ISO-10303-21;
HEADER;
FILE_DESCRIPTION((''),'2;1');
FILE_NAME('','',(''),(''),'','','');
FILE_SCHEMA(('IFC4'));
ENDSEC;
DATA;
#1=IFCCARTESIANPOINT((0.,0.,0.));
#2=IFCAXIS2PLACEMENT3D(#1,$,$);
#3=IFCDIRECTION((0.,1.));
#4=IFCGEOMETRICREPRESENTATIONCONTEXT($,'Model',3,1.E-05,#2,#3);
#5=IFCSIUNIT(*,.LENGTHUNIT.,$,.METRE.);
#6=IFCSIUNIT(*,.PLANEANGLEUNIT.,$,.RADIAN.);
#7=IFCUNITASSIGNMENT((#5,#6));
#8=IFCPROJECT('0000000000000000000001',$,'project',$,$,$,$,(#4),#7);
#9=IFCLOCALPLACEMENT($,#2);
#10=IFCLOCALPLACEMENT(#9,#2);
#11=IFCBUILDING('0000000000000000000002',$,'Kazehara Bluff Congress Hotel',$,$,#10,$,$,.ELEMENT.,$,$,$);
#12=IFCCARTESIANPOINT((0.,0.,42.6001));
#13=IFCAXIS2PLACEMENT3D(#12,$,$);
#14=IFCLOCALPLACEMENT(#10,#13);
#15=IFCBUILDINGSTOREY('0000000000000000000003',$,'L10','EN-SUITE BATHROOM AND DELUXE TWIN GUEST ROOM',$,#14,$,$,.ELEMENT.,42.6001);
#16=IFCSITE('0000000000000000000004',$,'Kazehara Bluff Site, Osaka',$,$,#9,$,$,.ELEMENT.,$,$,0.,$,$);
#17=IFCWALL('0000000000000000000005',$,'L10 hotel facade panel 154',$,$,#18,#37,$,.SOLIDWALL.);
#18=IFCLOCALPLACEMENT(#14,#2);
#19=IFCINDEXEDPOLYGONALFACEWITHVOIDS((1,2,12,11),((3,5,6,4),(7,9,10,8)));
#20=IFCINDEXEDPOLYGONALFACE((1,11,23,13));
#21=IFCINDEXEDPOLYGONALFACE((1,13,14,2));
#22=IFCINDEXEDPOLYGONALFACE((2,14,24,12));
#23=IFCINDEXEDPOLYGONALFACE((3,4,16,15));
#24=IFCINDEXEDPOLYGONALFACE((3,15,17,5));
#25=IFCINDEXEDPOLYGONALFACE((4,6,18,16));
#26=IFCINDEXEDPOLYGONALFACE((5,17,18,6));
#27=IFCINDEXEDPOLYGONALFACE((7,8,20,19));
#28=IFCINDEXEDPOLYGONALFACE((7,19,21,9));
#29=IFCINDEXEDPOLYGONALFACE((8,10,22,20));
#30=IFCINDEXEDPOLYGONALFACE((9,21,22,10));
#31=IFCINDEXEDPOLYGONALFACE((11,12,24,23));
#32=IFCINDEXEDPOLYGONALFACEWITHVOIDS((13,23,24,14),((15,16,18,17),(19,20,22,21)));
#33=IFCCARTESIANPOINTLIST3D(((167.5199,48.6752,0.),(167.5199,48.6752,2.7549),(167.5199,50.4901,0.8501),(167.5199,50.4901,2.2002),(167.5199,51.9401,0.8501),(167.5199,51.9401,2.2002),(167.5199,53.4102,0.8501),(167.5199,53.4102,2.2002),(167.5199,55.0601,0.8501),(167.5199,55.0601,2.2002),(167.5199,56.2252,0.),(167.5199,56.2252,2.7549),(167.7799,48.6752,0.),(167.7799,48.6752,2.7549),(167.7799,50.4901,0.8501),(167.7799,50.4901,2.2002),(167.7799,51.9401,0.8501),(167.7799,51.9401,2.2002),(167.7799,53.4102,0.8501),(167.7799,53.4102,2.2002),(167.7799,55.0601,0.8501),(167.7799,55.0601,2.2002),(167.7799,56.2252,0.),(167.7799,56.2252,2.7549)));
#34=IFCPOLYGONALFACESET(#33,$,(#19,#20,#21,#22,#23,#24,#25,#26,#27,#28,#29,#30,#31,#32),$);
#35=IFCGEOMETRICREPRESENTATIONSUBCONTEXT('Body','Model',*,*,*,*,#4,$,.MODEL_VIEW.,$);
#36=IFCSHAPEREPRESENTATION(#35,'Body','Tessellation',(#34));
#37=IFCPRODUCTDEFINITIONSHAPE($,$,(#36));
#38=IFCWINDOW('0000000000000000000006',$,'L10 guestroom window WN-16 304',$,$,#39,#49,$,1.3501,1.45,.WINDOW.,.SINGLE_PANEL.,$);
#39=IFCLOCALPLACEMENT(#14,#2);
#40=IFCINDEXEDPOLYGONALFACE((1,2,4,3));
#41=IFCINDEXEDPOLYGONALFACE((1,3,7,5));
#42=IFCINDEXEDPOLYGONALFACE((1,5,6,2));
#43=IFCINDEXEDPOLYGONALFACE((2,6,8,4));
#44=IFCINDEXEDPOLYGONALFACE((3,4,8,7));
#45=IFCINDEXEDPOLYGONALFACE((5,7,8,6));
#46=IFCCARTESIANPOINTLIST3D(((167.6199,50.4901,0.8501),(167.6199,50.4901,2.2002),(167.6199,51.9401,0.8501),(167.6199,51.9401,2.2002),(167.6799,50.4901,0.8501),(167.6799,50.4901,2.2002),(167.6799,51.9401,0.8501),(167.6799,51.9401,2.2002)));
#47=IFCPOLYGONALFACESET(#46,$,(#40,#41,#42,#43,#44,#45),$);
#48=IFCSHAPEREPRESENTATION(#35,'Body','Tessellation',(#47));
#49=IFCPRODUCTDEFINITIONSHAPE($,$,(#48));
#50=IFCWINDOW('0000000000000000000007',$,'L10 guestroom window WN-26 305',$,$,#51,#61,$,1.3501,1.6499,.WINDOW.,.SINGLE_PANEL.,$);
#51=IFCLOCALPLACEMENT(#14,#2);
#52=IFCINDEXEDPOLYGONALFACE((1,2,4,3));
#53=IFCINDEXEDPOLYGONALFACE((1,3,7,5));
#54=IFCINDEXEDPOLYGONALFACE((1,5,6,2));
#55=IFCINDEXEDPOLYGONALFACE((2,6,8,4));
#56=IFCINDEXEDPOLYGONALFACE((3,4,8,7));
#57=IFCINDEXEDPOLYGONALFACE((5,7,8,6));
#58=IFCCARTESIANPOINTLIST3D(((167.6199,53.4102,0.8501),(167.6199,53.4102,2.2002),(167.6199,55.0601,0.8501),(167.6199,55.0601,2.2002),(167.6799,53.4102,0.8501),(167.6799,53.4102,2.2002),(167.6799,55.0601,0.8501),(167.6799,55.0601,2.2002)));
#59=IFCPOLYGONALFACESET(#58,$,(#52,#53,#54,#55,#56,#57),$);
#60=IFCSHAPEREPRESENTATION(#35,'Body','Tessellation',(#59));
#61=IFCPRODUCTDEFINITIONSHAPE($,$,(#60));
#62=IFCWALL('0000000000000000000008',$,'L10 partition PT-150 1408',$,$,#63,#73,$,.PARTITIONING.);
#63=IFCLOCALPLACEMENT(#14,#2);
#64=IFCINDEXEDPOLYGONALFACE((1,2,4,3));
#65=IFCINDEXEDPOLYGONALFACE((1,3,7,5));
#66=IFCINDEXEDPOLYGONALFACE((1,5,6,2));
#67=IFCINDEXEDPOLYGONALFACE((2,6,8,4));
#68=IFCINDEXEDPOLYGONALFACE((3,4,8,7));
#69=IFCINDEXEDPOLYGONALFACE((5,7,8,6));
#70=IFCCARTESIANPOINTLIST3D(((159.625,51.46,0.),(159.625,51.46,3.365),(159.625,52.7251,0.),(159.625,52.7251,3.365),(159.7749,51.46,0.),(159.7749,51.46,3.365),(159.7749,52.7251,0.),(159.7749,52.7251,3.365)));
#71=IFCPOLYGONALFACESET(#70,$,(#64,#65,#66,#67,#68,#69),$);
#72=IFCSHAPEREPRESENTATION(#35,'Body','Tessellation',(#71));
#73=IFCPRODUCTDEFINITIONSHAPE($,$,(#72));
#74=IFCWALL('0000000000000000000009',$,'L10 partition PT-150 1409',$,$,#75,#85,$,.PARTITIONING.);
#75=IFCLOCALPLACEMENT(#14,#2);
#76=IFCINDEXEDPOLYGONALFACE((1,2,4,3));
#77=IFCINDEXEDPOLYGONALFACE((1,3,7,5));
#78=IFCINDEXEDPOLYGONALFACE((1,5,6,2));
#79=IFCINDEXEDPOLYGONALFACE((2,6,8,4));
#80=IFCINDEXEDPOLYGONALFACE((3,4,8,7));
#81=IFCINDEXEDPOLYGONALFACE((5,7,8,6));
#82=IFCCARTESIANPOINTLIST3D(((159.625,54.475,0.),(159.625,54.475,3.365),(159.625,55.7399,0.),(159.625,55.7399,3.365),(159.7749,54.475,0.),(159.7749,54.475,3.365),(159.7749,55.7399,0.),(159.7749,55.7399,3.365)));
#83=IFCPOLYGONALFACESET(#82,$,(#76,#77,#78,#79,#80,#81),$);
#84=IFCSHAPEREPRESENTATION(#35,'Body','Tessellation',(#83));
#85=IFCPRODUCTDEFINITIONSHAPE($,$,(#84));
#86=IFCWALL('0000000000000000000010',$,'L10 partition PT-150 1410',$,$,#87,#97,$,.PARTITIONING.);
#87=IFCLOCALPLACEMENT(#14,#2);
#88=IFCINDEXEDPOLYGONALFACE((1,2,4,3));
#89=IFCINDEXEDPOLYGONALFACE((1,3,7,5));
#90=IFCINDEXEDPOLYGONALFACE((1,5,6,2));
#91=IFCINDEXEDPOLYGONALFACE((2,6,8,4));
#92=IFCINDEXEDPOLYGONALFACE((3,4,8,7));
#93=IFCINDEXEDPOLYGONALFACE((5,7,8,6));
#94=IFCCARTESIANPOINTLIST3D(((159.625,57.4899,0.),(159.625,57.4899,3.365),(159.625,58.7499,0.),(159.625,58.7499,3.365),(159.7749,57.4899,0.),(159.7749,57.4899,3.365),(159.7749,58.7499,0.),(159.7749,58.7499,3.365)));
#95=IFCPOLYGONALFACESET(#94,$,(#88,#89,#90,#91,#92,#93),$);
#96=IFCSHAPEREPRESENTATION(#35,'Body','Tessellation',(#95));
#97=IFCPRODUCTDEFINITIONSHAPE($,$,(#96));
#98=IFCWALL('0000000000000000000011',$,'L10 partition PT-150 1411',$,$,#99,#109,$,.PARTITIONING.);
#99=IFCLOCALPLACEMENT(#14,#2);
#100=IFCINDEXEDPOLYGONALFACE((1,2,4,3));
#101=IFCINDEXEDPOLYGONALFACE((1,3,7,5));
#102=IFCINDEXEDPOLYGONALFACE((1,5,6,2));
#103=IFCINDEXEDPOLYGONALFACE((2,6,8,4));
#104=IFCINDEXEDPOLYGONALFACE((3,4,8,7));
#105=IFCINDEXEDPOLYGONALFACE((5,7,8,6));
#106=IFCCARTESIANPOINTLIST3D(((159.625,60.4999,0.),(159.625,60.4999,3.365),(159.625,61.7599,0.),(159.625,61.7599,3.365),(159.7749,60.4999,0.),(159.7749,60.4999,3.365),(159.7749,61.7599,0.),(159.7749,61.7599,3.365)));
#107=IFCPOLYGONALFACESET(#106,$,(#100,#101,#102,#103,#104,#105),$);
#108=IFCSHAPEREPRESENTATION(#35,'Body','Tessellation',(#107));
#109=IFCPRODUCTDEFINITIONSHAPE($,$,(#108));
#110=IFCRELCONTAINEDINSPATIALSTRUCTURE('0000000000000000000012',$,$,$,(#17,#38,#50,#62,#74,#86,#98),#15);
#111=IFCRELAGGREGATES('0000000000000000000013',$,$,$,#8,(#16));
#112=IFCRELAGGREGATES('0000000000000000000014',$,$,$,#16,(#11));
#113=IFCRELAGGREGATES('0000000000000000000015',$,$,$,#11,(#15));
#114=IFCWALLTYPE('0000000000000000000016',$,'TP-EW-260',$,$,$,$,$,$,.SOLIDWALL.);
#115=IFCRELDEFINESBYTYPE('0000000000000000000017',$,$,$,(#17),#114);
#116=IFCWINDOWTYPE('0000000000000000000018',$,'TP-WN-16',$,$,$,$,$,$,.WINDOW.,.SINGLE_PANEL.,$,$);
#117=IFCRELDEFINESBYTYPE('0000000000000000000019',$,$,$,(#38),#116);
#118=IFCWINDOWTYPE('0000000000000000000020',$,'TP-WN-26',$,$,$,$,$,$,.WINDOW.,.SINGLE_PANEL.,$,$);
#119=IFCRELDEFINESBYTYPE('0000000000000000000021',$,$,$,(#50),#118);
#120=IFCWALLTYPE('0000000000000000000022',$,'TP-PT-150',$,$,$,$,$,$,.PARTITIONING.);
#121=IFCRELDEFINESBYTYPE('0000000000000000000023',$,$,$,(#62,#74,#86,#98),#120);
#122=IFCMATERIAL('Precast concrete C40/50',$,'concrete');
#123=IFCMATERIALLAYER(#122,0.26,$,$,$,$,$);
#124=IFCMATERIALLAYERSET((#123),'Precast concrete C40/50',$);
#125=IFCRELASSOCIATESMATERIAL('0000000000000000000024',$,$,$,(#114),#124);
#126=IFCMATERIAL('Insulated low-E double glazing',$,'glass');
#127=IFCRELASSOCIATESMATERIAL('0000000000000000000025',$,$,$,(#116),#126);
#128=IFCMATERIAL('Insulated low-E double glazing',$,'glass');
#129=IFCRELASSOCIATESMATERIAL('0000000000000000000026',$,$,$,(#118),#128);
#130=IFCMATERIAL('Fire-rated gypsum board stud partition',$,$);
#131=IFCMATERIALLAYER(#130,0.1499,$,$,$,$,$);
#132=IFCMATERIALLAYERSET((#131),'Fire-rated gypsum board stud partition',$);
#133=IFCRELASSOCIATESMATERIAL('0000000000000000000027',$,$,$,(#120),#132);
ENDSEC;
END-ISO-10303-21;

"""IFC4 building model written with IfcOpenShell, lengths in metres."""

from ifc_helpers import new_model, si_unit, direction, frame, frame_2d, origin, place, context, subcontext, project, spatial, rectangle, extrude, material, layer, layer_set, type_object, element, fill, save


model = new_model("IFC4")

# Units and contexts
model_context = context("Model", 3, precision=1e-05, world=origin(), true_north=direction((0.0, 1.0)))
body_context = subcontext(model_context, "Body", "Model", "MODEL_VIEW")
ifc_project = project(units=[si_unit("LENGTHUNIT", "METRE"), si_unit("PLANEANGLEUNIT", "RADIAN")], contexts=[model_context])

# Site, building, storey
site_placement = place(None, origin())
site = spatial("IfcSite", under=ifc_project, at=site_placement, Name="Kazehara Bluff Site, Osaka", CompositionType="ELEMENT", RefElevation=0.0)
building_placement = place(site_placement, origin())
building = spatial("IfcBuilding", under=site, at=building_placement, Name="Kazehara Bluff Congress Hotel", CompositionType="ELEMENT")
storey_placement = place(building_placement, frame((0.0, 0.0, 42.6001)))
storey = spatial("IfcBuildingStorey", under=building, at=storey_placement, Name="L10", Description="EN-SUITE BATHROOM AND DELUXE TWIN GUEST ROOM", CompositionType="ELEMENT", Elevation=42.6001)

# Wall, openings, windows
ifc_material_1 = material(Name="Precast concrete C40/50", Category="concrete")
ifc_layer_1 = layer(ifc_material_1, 0.26)
ifc_layer_set_1 = layer_set([ifc_layer_1], Name="Precast concrete C40/50")
wall_type_1 = type_object("IfcWallType", Name="TP-EW-260", PredefinedType="SOLIDWALL", material=ifc_layer_set_1)
wall_1_placement = place(storey_placement, frame((167.6499, 56.2251, 0.0), z_axis=(0.0, 0.0, 1.0), x_axis=(0.0, -1.0, 0.0)))
wall_1 = element("IfcWall", 1, at=wall_1_placement, inside=storey, type_object=wall_type_1, Name="L10 hotel facade panel 154", PredefinedType="SOLIDWALL", context=body_context, shape_type="SweptSolid", body=[
    extrude(rectangle(XDim=7.55, YDim=0.26, at=frame_2d((3.7749, 0.0))), origin(), (0.0, 0.0, 1.0), 2.7549),
])
opening_1_placement = place(wall_1_placement, frame((4.2849, 0.0, 0.8501)))
opening_1 = element("IfcOpeningElement", 2, at=opening_1_placement, cuts=wall_1, PredefinedType="OPENING", context=body_context, shape_type="SweptSolid", body=[
    extrude(rectangle(XDim=1.45, YDim=1.3501, at=frame_2d((0.7251, 0.675))), frame((0.0, 0.1399, 0.0), z_axis=(0.0, -1.0, 0.0), x_axis=(1.0, 0.0, 0.0)), (0.0, 0.0, 1.0), 0.28),
])
opening_2_placement = place(wall_1_placement, frame((1.165, 0.0, 0.8501)))
opening_2 = element("IfcOpeningElement", 3, at=opening_2_placement, cuts=wall_1, PredefinedType="OPENING", context=body_context, shape_type="SweptSolid", body=[
    extrude(rectangle(XDim=1.6499, YDim=1.3501, at=frame_2d((0.825, 0.675))), frame((0.0, 0.1399, 0.0), z_axis=(0.0, -1.0, 0.0), x_axis=(1.0, 0.0, 0.0)), (0.0, 0.0, 1.0), 0.28),
])
ifc_material_2 = material(Name="Insulated low-E double glazing", Category="glass")
window_type_1 = type_object("IfcWindowType", Name="TP-WN-16", PartitioningType="SINGLE_PANEL", PredefinedType="WINDOW", material=ifc_material_2)
window_1_placement = place(opening_1_placement, origin())
window_1 = element("IfcWindow", 4, at=window_1_placement, inside=storey, type_object=window_type_1, Name="L10 guestroom window WN-16 304", OverallHeight=1.3501, OverallWidth=1.45, PartitioningType="SINGLE_PANEL", PredefinedType="WINDOW", context=body_context, shape_type="SweptSolid", body=[
    extrude(rectangle(XDim=1.45, YDim=1.3501, at=frame_2d((0.7251, 0.675))), frame((0.0, 0.03, 0.0), z_axis=(0.0, -1.0, 0.0), x_axis=(1.0, 0.0, 0.0)), (0.0, 0.0, 1.0), 0.0601),
])
fill(opening_1, window_1)
ifc_material_3 = material(Name="Insulated low-E double glazing", Category="glass")
window_type_2 = type_object("IfcWindowType", Name="TP-WN-26", PartitioningType="SINGLE_PANEL", PredefinedType="WINDOW", material=ifc_material_3)
window_2_placement = place(opening_2_placement, origin())
window_2 = element("IfcWindow", 5, at=window_2_placement, inside=storey, type_object=window_type_2, Name="L10 guestroom window WN-26 305", OverallHeight=1.3501, OverallWidth=1.6499, PartitioningType="SINGLE_PANEL", PredefinedType="WINDOW", context=body_context, shape_type="SweptSolid", body=[
    extrude(rectangle(XDim=1.6499, YDim=1.3501, at=frame_2d((0.825, 0.675))), frame((0.0, 0.03, 0.0), z_axis=(0.0, -1.0, 0.0), x_axis=(1.0, 0.0, 0.0)), (0.0, 0.0, 1.0), 0.0601),
])
fill(opening_2, window_2)

# Walls
ifc_material_4 = material(Name="Fire-rated gypsum board stud partition")
ifc_layer_2 = layer(ifc_material_4, 0.1499)
ifc_layer_set_2 = layer_set([ifc_layer_2], Name="Fire-rated gypsum board stud partition")
wall_type_2 = type_object("IfcWallType", Name="TP-PT-150", PredefinedType="PARTITIONING", material=ifc_layer_set_2)
wall_2_placement = place(storey_placement, frame((159.7, 51.46, 0.0), z_axis=(0.0, 0.0, 1.0), x_axis=(0.0, 1.0, 0.0)))
element("IfcWall", 6, at=wall_2_placement, inside=storey, type_object=wall_type_2, Name="L10 partition PT-150 1408", PredefinedType="PARTITIONING", context=body_context, shape_type="SweptSolid", body=[
    extrude(rectangle(XDim=1.2651, YDim=0.1499, at=frame_2d((0.6326, 0.0))), origin(), (0.0, 0.0, 1.0), 3.365),
])
wall_3_placement = place(storey_placement, frame((159.7, 54.4751, 0.0), z_axis=(0.0, 0.0, 1.0), x_axis=(0.0, 1.0, 0.0)))
element("IfcWall", 7, at=wall_3_placement, inside=storey, type_object=wall_type_2, Name="L10 partition PT-150 1409", PredefinedType="PARTITIONING", context=body_context, shape_type="SweptSolid", body=[
    extrude(rectangle(XDim=1.2649, YDim=0.1499, at=frame_2d((0.6323, 0.0))), origin(), (0.0, 0.0, 1.0), 3.365),
])
for number, where, z_axis, x_axis, name in (
    (8, (159.7, 57.49, 0.0), (0.0, 0.0, 1.0), (0.0, 1.0, 0.0), "L10 partition PT-150 1410"),
    (9, (159.7, 60.5, 0.0), (0.0, 0.0, 1.0), (0.0, 1.0, 0.0), "L10 partition PT-150 1411"),
):
    element("IfcWall", number, at=place(storey_placement, frame(where, z_axis=z_axis, x_axis=x_axis)), inside=storey, type_object=wall_type_2, Name=name, PredefinedType="PARTITIONING", context=body_context, shape_type="SweptSolid", body=[
        extrude(rectangle(XDim=1.26, YDim=0.1499, at=frame_2d((0.6299, 0.0))), origin(), (0.0, 0.0, 1.0), 3.365),
    ])

save(model, "model.ifc")
